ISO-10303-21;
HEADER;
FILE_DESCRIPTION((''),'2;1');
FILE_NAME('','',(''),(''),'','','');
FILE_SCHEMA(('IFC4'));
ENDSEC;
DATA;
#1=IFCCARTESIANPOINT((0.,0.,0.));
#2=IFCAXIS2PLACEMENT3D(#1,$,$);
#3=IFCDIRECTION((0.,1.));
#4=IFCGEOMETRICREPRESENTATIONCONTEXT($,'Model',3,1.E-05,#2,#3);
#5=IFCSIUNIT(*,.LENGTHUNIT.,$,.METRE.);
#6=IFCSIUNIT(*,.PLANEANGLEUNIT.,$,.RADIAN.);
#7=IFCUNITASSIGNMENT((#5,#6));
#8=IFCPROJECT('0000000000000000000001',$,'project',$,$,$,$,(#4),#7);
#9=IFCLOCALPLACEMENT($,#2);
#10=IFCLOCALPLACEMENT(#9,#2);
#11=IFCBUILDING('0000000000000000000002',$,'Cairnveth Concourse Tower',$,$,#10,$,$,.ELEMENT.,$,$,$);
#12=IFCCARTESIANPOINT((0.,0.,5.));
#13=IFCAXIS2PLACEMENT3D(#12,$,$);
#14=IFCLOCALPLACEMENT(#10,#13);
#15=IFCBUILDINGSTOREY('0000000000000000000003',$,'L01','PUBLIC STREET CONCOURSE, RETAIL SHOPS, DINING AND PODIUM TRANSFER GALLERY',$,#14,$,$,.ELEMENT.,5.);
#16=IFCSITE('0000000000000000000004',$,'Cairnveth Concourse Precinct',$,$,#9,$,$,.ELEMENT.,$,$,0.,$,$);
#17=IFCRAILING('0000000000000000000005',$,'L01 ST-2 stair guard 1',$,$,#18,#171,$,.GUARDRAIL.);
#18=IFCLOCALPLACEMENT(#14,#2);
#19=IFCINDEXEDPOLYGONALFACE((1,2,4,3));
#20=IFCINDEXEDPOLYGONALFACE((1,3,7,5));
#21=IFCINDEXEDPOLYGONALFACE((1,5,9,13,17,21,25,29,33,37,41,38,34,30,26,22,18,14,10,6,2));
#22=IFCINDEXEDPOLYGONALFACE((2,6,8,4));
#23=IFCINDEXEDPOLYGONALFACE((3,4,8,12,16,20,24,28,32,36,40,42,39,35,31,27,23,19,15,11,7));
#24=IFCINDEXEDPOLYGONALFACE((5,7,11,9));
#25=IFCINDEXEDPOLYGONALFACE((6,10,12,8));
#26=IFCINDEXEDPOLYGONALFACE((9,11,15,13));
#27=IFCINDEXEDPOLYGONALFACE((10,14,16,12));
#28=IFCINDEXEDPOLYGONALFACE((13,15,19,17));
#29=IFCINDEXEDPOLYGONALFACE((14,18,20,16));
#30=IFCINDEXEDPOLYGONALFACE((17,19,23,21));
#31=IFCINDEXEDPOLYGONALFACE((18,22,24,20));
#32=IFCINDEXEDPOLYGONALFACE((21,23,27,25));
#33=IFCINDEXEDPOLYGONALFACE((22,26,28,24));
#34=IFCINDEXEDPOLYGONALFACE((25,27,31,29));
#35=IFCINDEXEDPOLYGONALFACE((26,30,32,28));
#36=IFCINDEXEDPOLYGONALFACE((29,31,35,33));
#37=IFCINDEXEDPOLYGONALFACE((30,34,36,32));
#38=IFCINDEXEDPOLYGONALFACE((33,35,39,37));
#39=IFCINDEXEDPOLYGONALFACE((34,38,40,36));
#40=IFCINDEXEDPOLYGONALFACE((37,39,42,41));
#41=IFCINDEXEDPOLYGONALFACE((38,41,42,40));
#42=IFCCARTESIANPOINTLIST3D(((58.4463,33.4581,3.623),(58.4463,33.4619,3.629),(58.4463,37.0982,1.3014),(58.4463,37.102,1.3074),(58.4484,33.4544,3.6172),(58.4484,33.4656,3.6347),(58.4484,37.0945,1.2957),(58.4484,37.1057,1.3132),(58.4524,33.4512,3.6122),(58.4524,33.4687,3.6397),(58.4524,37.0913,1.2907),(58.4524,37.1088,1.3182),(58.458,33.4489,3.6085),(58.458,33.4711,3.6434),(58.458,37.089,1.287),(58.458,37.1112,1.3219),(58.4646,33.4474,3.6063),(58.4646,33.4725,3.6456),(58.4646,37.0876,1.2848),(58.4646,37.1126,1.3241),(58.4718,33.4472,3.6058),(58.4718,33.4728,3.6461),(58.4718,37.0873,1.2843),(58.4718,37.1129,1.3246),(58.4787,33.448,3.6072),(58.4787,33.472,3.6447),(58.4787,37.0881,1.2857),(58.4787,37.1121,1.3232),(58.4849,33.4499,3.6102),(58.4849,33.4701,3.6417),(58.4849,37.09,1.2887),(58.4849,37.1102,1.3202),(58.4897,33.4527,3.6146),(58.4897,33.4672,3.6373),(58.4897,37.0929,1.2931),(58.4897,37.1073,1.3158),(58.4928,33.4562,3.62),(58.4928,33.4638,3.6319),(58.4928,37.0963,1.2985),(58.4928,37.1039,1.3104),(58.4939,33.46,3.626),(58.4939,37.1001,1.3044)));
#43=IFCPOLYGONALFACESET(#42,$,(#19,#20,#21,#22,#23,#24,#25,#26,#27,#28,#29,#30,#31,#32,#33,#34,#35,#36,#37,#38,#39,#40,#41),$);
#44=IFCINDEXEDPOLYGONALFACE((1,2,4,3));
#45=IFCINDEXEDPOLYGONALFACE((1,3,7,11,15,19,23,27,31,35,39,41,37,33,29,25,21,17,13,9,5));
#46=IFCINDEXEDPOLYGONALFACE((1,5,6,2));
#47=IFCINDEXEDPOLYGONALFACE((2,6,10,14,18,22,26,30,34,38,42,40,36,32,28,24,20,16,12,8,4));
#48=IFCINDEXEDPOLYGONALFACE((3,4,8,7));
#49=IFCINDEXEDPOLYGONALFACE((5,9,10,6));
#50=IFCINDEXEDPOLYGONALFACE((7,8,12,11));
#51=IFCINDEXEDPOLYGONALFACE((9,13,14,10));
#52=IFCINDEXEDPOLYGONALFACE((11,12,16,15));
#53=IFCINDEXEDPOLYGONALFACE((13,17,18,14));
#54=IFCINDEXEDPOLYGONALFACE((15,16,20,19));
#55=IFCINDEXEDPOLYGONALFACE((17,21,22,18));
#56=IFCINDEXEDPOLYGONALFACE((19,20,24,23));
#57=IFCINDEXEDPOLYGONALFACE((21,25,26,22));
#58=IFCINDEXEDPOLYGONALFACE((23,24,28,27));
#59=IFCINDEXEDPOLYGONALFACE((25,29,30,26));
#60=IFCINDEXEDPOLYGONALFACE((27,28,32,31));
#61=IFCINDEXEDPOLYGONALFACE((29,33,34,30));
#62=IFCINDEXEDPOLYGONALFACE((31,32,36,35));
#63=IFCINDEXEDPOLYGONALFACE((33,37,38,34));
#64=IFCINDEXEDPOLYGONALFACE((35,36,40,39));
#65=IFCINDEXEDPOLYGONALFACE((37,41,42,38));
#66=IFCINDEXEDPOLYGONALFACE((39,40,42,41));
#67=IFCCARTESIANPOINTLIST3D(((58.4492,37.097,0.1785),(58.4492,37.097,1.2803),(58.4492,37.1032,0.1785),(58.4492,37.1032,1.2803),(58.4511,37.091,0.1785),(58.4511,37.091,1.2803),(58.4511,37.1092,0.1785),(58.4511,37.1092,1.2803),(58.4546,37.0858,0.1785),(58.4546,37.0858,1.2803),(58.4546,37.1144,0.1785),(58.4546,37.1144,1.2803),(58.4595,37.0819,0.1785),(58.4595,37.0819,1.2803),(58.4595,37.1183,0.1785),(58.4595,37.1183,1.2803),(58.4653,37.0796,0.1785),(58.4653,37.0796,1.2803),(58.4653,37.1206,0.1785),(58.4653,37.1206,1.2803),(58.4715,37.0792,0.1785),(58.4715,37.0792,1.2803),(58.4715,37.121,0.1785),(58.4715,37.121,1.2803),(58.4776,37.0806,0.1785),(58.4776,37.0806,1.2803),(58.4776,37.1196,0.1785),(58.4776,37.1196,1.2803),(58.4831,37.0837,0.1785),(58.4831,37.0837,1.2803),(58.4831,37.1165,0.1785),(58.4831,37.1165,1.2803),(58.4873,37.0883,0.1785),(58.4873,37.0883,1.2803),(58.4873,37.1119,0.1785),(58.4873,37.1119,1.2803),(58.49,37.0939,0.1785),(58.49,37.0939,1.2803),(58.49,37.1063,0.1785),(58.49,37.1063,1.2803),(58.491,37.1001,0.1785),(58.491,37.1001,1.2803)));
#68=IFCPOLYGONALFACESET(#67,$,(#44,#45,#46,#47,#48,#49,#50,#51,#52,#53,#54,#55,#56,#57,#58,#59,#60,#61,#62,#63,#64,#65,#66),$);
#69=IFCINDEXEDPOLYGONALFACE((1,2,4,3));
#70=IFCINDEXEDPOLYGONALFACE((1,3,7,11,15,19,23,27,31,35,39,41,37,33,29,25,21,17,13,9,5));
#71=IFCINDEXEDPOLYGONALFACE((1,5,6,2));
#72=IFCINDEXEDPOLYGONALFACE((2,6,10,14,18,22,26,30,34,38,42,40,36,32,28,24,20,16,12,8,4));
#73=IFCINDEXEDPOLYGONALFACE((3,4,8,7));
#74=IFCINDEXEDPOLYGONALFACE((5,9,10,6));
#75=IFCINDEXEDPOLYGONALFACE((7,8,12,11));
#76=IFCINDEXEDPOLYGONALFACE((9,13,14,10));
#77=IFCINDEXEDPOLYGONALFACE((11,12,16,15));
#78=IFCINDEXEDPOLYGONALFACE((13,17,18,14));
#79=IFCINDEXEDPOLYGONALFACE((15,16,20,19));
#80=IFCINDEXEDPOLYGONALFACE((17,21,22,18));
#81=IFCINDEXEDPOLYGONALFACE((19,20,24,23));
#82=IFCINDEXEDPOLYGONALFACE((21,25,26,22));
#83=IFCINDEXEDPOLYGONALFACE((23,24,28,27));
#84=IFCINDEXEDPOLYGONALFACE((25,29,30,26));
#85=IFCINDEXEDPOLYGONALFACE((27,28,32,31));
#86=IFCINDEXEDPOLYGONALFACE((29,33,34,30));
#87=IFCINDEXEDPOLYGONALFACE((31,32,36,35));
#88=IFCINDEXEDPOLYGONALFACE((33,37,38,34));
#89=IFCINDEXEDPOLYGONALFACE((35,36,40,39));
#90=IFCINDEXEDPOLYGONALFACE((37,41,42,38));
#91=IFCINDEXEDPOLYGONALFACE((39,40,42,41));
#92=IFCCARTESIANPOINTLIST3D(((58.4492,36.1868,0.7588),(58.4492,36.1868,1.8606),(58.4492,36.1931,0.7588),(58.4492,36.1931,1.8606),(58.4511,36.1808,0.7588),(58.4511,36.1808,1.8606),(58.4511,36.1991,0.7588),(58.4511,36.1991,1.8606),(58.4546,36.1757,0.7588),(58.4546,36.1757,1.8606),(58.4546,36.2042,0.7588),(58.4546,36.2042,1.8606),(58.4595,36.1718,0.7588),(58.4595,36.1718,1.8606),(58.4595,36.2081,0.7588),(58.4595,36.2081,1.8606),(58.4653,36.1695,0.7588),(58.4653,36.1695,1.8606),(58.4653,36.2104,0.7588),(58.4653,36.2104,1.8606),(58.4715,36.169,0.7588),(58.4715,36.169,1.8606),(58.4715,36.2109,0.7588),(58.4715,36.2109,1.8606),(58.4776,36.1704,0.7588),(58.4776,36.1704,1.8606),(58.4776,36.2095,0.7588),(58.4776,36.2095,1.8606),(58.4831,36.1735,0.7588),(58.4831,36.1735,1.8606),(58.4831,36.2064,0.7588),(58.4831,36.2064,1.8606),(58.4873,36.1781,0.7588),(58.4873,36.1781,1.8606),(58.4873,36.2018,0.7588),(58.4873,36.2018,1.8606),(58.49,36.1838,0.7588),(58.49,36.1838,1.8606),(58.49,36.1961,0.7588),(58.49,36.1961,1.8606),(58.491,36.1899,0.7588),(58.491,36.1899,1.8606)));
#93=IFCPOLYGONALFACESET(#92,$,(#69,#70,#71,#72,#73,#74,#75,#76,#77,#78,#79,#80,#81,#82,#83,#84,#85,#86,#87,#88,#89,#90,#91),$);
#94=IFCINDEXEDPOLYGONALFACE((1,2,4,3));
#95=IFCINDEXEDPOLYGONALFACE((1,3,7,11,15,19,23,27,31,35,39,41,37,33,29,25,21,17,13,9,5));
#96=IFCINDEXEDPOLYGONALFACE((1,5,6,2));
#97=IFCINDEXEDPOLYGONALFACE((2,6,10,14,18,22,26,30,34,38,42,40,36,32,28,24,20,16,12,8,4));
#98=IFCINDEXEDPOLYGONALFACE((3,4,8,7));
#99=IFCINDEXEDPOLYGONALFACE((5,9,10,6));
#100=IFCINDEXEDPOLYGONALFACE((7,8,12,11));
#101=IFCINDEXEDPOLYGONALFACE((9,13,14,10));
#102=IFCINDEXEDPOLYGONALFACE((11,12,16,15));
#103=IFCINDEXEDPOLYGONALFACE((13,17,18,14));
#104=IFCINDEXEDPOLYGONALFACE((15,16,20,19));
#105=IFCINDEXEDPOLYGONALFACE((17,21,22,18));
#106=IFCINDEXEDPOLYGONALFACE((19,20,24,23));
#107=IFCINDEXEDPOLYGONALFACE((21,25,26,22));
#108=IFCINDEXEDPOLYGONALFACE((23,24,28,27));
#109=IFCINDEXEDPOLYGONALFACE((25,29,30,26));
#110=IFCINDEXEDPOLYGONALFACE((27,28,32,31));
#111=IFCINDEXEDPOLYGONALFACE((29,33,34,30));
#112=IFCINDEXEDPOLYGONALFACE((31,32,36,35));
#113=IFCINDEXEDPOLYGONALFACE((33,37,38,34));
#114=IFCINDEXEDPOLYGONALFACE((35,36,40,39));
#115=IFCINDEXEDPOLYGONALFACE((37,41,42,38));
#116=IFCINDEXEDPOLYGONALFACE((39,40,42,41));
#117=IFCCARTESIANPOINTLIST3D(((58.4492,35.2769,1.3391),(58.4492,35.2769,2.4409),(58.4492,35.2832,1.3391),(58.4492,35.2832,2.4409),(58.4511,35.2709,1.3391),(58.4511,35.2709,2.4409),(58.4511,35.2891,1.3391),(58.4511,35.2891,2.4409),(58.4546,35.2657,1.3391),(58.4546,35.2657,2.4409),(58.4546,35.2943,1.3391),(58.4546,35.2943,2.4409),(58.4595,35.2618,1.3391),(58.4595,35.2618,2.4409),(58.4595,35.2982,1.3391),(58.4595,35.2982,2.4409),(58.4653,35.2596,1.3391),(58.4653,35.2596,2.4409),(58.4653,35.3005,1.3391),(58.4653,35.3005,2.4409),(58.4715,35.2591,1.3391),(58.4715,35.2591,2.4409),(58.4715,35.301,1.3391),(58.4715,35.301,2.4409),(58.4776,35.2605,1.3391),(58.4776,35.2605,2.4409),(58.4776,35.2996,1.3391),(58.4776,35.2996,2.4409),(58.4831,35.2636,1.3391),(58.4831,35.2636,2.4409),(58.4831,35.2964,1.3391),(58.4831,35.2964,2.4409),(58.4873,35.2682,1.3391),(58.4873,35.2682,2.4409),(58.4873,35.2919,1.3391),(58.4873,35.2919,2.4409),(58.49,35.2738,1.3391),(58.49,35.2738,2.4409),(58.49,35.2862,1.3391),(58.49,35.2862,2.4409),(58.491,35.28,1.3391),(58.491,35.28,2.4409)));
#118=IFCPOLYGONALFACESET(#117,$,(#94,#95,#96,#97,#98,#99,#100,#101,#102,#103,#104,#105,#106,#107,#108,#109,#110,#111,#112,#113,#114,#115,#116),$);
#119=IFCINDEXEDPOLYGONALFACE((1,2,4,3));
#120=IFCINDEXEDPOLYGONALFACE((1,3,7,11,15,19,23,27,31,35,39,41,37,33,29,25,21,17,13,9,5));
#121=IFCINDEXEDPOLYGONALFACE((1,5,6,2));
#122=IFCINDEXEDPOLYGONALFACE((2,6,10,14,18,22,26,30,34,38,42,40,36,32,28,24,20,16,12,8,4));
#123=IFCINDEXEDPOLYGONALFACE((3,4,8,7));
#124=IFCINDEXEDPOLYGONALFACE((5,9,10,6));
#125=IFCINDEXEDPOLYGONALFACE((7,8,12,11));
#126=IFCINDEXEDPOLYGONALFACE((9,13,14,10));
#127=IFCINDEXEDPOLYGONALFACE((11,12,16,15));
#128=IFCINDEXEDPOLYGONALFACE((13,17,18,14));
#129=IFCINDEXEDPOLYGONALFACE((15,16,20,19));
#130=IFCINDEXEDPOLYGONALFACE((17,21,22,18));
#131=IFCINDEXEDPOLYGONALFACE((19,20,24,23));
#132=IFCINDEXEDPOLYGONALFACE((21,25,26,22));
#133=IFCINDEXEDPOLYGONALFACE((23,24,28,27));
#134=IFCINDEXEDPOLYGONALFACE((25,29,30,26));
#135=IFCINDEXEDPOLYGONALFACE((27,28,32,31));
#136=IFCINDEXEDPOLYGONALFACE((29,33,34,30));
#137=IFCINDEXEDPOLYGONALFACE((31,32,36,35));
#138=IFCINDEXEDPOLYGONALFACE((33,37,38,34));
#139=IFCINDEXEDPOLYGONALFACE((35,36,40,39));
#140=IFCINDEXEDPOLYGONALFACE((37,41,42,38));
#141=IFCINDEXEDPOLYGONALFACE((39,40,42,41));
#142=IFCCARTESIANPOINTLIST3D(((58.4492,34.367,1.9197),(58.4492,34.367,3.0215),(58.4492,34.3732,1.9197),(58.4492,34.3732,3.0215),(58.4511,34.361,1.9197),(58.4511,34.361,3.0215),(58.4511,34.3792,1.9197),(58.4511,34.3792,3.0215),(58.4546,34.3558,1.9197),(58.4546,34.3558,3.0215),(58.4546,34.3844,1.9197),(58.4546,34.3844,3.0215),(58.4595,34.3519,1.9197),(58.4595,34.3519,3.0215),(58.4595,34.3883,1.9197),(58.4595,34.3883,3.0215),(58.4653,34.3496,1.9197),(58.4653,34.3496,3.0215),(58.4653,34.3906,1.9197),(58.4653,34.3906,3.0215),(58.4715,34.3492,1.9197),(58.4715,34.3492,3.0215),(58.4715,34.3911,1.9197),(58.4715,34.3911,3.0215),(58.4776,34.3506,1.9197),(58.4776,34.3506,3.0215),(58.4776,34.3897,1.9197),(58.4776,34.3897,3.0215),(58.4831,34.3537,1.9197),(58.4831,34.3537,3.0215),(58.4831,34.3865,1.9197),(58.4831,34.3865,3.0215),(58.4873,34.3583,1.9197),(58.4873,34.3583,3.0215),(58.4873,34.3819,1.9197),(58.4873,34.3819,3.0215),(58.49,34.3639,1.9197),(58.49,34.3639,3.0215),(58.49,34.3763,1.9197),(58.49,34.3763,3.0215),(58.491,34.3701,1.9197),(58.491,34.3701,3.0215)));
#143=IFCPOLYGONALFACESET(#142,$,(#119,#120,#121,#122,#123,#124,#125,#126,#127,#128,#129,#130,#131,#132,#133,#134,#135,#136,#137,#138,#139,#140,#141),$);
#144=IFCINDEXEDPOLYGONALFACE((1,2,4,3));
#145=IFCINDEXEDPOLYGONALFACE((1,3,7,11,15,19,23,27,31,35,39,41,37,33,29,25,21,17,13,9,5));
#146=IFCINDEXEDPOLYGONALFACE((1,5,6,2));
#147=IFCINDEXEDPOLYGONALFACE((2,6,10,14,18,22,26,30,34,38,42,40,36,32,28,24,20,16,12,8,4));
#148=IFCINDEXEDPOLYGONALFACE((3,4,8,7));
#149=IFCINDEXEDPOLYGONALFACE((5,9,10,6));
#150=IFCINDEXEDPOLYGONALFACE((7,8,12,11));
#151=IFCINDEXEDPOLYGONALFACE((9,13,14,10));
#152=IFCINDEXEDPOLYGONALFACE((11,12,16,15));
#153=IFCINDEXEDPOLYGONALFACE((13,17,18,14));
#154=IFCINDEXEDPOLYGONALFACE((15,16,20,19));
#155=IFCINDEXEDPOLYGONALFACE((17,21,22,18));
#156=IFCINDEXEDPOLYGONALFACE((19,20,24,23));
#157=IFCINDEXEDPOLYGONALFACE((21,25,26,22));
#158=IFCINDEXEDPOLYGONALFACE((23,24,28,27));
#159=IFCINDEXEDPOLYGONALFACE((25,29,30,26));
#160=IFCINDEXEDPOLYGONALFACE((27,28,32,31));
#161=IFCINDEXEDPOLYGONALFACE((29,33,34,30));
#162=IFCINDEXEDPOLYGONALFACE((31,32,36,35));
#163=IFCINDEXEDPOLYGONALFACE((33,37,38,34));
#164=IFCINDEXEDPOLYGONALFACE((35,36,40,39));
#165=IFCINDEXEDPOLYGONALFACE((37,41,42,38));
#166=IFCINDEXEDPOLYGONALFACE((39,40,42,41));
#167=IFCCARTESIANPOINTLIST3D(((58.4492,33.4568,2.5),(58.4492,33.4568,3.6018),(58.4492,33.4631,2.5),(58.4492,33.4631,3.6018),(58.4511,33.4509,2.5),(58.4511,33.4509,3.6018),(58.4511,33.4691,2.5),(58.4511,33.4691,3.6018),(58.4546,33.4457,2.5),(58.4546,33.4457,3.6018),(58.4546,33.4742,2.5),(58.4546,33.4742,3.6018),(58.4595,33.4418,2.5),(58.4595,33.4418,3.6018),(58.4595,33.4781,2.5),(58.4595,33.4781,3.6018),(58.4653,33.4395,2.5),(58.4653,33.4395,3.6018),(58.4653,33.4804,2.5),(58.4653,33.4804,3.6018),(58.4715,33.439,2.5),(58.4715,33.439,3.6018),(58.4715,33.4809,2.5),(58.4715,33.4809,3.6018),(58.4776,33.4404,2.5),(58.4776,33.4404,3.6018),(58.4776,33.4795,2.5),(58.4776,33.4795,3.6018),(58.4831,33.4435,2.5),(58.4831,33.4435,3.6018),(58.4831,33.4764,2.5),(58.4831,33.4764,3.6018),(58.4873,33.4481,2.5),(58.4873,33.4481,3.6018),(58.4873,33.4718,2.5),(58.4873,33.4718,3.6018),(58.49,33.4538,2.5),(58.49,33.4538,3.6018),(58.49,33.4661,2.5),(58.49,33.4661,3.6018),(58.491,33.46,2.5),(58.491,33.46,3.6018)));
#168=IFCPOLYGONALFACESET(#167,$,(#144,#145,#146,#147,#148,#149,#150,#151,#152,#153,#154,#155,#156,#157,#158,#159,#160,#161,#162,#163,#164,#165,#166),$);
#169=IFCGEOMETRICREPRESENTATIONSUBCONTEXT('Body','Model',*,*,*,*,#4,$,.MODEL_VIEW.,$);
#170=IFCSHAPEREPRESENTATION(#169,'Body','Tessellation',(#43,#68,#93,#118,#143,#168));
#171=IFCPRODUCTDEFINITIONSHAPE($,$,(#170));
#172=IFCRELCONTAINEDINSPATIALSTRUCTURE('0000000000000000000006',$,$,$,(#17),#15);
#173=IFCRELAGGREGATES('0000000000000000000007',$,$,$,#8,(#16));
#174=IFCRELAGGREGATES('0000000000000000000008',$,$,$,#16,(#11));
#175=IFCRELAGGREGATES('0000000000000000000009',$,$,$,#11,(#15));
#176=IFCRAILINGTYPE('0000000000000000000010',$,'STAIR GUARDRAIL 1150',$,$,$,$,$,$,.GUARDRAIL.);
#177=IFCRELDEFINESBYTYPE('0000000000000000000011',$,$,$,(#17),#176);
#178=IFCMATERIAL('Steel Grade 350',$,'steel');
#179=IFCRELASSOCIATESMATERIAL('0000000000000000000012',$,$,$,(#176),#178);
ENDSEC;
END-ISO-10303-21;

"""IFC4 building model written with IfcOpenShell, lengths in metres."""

from ifc_helpers import new_model, si_unit, direction, frame, origin, origin_2d, place, context, subcontext, project, spatial, circle, extrude, material, type_object, element, save


model = new_model("IFC4")

# Units and contexts
model_context = context("Model", 3, precision=1e-05, world=origin(), true_north=direction((0.0, 1.0)))
body_context = subcontext(model_context, "Body", "Model", "MODEL_VIEW")
ifc_project = project(units=[si_unit("LENGTHUNIT", "METRE"), si_unit("PLANEANGLEUNIT", "RADIAN")], contexts=[model_context])

# Site, building, storey
site_placement = place(None, origin())
site = spatial("IfcSite", under=ifc_project, at=site_placement, Name="Cairnveth Concourse Precinct", CompositionType="ELEMENT", RefElevation=0.0)
building_placement = place(site_placement, origin())
building = spatial("IfcBuilding", under=site, at=building_placement, Name="Cairnveth Concourse Tower", CompositionType="ELEMENT")
storey_placement = place(building_placement, frame((0.0, 0.0, 5.0)))
storey = spatial("IfcBuildingStorey", under=building, at=storey_placement, Name="L01", Description="PUBLIC STREET CONCOURSE, RETAIL SHOPS, DINING AND PODIUM TRANSFER GALLERY", CompositionType="ELEMENT", Elevation=5.0)

# Shared definitions
ifc_material_1 = material(Name="Steel Grade 350", Category="steel")

# Railing
railing_type_1 = type_object("IfcRailingType", Name="STAIR GUARDRAIL 1150", PredefinedType="GUARDRAIL", material=ifc_material_1)
railing_1_placement = place(storey_placement, frame((58.47, 37.1001, 0.1785)))
element("IfcRailing", 1, at=railing_1_placement, inside=storey, type_object=railing_type_1, Name="L01 ST-2 stair guard 1", PredefinedType="GUARDRAIL", context=body_context, shape_type="SweptSolid", body=[
    extrude(circle(Radius=0.0239, at=origin_2d()), frame((0.0, 0.0, 1.126), z_axis=(0.0, -0.843128, 0.537713), x_axis=(1.0, 0.0, 0.0)), (0.0, 0.0, 1.0), 4.3174),
    extrude(circle(Radius=0.021, at=origin_2d()), origin(), (0.0, 0.0, 1.0), 1.1018),
    extrude(circle(Radius=0.021, at=origin_2d()), frame((0.0, -0.9102, 0.5803)), (0.0, 0.0, 1.0), 1.1018),
    extrude(circle(Radius=0.021, at=origin_2d()), frame((0.0, -1.8201, 1.1606)), (0.0, 0.0, 1.0), 1.1018),
    extrude(circle(Radius=0.021, at=origin_2d()), frame((0.0, -2.73, 1.7412)), (0.0, 0.0, 1.0), 1.1018),
    extrude(circle(Radius=0.021, at=origin_2d()), frame((0.0, -3.6401, 2.3215)), (0.0, 0.0, 1.0), 1.1018),
])

save(model, "model.ifc")
